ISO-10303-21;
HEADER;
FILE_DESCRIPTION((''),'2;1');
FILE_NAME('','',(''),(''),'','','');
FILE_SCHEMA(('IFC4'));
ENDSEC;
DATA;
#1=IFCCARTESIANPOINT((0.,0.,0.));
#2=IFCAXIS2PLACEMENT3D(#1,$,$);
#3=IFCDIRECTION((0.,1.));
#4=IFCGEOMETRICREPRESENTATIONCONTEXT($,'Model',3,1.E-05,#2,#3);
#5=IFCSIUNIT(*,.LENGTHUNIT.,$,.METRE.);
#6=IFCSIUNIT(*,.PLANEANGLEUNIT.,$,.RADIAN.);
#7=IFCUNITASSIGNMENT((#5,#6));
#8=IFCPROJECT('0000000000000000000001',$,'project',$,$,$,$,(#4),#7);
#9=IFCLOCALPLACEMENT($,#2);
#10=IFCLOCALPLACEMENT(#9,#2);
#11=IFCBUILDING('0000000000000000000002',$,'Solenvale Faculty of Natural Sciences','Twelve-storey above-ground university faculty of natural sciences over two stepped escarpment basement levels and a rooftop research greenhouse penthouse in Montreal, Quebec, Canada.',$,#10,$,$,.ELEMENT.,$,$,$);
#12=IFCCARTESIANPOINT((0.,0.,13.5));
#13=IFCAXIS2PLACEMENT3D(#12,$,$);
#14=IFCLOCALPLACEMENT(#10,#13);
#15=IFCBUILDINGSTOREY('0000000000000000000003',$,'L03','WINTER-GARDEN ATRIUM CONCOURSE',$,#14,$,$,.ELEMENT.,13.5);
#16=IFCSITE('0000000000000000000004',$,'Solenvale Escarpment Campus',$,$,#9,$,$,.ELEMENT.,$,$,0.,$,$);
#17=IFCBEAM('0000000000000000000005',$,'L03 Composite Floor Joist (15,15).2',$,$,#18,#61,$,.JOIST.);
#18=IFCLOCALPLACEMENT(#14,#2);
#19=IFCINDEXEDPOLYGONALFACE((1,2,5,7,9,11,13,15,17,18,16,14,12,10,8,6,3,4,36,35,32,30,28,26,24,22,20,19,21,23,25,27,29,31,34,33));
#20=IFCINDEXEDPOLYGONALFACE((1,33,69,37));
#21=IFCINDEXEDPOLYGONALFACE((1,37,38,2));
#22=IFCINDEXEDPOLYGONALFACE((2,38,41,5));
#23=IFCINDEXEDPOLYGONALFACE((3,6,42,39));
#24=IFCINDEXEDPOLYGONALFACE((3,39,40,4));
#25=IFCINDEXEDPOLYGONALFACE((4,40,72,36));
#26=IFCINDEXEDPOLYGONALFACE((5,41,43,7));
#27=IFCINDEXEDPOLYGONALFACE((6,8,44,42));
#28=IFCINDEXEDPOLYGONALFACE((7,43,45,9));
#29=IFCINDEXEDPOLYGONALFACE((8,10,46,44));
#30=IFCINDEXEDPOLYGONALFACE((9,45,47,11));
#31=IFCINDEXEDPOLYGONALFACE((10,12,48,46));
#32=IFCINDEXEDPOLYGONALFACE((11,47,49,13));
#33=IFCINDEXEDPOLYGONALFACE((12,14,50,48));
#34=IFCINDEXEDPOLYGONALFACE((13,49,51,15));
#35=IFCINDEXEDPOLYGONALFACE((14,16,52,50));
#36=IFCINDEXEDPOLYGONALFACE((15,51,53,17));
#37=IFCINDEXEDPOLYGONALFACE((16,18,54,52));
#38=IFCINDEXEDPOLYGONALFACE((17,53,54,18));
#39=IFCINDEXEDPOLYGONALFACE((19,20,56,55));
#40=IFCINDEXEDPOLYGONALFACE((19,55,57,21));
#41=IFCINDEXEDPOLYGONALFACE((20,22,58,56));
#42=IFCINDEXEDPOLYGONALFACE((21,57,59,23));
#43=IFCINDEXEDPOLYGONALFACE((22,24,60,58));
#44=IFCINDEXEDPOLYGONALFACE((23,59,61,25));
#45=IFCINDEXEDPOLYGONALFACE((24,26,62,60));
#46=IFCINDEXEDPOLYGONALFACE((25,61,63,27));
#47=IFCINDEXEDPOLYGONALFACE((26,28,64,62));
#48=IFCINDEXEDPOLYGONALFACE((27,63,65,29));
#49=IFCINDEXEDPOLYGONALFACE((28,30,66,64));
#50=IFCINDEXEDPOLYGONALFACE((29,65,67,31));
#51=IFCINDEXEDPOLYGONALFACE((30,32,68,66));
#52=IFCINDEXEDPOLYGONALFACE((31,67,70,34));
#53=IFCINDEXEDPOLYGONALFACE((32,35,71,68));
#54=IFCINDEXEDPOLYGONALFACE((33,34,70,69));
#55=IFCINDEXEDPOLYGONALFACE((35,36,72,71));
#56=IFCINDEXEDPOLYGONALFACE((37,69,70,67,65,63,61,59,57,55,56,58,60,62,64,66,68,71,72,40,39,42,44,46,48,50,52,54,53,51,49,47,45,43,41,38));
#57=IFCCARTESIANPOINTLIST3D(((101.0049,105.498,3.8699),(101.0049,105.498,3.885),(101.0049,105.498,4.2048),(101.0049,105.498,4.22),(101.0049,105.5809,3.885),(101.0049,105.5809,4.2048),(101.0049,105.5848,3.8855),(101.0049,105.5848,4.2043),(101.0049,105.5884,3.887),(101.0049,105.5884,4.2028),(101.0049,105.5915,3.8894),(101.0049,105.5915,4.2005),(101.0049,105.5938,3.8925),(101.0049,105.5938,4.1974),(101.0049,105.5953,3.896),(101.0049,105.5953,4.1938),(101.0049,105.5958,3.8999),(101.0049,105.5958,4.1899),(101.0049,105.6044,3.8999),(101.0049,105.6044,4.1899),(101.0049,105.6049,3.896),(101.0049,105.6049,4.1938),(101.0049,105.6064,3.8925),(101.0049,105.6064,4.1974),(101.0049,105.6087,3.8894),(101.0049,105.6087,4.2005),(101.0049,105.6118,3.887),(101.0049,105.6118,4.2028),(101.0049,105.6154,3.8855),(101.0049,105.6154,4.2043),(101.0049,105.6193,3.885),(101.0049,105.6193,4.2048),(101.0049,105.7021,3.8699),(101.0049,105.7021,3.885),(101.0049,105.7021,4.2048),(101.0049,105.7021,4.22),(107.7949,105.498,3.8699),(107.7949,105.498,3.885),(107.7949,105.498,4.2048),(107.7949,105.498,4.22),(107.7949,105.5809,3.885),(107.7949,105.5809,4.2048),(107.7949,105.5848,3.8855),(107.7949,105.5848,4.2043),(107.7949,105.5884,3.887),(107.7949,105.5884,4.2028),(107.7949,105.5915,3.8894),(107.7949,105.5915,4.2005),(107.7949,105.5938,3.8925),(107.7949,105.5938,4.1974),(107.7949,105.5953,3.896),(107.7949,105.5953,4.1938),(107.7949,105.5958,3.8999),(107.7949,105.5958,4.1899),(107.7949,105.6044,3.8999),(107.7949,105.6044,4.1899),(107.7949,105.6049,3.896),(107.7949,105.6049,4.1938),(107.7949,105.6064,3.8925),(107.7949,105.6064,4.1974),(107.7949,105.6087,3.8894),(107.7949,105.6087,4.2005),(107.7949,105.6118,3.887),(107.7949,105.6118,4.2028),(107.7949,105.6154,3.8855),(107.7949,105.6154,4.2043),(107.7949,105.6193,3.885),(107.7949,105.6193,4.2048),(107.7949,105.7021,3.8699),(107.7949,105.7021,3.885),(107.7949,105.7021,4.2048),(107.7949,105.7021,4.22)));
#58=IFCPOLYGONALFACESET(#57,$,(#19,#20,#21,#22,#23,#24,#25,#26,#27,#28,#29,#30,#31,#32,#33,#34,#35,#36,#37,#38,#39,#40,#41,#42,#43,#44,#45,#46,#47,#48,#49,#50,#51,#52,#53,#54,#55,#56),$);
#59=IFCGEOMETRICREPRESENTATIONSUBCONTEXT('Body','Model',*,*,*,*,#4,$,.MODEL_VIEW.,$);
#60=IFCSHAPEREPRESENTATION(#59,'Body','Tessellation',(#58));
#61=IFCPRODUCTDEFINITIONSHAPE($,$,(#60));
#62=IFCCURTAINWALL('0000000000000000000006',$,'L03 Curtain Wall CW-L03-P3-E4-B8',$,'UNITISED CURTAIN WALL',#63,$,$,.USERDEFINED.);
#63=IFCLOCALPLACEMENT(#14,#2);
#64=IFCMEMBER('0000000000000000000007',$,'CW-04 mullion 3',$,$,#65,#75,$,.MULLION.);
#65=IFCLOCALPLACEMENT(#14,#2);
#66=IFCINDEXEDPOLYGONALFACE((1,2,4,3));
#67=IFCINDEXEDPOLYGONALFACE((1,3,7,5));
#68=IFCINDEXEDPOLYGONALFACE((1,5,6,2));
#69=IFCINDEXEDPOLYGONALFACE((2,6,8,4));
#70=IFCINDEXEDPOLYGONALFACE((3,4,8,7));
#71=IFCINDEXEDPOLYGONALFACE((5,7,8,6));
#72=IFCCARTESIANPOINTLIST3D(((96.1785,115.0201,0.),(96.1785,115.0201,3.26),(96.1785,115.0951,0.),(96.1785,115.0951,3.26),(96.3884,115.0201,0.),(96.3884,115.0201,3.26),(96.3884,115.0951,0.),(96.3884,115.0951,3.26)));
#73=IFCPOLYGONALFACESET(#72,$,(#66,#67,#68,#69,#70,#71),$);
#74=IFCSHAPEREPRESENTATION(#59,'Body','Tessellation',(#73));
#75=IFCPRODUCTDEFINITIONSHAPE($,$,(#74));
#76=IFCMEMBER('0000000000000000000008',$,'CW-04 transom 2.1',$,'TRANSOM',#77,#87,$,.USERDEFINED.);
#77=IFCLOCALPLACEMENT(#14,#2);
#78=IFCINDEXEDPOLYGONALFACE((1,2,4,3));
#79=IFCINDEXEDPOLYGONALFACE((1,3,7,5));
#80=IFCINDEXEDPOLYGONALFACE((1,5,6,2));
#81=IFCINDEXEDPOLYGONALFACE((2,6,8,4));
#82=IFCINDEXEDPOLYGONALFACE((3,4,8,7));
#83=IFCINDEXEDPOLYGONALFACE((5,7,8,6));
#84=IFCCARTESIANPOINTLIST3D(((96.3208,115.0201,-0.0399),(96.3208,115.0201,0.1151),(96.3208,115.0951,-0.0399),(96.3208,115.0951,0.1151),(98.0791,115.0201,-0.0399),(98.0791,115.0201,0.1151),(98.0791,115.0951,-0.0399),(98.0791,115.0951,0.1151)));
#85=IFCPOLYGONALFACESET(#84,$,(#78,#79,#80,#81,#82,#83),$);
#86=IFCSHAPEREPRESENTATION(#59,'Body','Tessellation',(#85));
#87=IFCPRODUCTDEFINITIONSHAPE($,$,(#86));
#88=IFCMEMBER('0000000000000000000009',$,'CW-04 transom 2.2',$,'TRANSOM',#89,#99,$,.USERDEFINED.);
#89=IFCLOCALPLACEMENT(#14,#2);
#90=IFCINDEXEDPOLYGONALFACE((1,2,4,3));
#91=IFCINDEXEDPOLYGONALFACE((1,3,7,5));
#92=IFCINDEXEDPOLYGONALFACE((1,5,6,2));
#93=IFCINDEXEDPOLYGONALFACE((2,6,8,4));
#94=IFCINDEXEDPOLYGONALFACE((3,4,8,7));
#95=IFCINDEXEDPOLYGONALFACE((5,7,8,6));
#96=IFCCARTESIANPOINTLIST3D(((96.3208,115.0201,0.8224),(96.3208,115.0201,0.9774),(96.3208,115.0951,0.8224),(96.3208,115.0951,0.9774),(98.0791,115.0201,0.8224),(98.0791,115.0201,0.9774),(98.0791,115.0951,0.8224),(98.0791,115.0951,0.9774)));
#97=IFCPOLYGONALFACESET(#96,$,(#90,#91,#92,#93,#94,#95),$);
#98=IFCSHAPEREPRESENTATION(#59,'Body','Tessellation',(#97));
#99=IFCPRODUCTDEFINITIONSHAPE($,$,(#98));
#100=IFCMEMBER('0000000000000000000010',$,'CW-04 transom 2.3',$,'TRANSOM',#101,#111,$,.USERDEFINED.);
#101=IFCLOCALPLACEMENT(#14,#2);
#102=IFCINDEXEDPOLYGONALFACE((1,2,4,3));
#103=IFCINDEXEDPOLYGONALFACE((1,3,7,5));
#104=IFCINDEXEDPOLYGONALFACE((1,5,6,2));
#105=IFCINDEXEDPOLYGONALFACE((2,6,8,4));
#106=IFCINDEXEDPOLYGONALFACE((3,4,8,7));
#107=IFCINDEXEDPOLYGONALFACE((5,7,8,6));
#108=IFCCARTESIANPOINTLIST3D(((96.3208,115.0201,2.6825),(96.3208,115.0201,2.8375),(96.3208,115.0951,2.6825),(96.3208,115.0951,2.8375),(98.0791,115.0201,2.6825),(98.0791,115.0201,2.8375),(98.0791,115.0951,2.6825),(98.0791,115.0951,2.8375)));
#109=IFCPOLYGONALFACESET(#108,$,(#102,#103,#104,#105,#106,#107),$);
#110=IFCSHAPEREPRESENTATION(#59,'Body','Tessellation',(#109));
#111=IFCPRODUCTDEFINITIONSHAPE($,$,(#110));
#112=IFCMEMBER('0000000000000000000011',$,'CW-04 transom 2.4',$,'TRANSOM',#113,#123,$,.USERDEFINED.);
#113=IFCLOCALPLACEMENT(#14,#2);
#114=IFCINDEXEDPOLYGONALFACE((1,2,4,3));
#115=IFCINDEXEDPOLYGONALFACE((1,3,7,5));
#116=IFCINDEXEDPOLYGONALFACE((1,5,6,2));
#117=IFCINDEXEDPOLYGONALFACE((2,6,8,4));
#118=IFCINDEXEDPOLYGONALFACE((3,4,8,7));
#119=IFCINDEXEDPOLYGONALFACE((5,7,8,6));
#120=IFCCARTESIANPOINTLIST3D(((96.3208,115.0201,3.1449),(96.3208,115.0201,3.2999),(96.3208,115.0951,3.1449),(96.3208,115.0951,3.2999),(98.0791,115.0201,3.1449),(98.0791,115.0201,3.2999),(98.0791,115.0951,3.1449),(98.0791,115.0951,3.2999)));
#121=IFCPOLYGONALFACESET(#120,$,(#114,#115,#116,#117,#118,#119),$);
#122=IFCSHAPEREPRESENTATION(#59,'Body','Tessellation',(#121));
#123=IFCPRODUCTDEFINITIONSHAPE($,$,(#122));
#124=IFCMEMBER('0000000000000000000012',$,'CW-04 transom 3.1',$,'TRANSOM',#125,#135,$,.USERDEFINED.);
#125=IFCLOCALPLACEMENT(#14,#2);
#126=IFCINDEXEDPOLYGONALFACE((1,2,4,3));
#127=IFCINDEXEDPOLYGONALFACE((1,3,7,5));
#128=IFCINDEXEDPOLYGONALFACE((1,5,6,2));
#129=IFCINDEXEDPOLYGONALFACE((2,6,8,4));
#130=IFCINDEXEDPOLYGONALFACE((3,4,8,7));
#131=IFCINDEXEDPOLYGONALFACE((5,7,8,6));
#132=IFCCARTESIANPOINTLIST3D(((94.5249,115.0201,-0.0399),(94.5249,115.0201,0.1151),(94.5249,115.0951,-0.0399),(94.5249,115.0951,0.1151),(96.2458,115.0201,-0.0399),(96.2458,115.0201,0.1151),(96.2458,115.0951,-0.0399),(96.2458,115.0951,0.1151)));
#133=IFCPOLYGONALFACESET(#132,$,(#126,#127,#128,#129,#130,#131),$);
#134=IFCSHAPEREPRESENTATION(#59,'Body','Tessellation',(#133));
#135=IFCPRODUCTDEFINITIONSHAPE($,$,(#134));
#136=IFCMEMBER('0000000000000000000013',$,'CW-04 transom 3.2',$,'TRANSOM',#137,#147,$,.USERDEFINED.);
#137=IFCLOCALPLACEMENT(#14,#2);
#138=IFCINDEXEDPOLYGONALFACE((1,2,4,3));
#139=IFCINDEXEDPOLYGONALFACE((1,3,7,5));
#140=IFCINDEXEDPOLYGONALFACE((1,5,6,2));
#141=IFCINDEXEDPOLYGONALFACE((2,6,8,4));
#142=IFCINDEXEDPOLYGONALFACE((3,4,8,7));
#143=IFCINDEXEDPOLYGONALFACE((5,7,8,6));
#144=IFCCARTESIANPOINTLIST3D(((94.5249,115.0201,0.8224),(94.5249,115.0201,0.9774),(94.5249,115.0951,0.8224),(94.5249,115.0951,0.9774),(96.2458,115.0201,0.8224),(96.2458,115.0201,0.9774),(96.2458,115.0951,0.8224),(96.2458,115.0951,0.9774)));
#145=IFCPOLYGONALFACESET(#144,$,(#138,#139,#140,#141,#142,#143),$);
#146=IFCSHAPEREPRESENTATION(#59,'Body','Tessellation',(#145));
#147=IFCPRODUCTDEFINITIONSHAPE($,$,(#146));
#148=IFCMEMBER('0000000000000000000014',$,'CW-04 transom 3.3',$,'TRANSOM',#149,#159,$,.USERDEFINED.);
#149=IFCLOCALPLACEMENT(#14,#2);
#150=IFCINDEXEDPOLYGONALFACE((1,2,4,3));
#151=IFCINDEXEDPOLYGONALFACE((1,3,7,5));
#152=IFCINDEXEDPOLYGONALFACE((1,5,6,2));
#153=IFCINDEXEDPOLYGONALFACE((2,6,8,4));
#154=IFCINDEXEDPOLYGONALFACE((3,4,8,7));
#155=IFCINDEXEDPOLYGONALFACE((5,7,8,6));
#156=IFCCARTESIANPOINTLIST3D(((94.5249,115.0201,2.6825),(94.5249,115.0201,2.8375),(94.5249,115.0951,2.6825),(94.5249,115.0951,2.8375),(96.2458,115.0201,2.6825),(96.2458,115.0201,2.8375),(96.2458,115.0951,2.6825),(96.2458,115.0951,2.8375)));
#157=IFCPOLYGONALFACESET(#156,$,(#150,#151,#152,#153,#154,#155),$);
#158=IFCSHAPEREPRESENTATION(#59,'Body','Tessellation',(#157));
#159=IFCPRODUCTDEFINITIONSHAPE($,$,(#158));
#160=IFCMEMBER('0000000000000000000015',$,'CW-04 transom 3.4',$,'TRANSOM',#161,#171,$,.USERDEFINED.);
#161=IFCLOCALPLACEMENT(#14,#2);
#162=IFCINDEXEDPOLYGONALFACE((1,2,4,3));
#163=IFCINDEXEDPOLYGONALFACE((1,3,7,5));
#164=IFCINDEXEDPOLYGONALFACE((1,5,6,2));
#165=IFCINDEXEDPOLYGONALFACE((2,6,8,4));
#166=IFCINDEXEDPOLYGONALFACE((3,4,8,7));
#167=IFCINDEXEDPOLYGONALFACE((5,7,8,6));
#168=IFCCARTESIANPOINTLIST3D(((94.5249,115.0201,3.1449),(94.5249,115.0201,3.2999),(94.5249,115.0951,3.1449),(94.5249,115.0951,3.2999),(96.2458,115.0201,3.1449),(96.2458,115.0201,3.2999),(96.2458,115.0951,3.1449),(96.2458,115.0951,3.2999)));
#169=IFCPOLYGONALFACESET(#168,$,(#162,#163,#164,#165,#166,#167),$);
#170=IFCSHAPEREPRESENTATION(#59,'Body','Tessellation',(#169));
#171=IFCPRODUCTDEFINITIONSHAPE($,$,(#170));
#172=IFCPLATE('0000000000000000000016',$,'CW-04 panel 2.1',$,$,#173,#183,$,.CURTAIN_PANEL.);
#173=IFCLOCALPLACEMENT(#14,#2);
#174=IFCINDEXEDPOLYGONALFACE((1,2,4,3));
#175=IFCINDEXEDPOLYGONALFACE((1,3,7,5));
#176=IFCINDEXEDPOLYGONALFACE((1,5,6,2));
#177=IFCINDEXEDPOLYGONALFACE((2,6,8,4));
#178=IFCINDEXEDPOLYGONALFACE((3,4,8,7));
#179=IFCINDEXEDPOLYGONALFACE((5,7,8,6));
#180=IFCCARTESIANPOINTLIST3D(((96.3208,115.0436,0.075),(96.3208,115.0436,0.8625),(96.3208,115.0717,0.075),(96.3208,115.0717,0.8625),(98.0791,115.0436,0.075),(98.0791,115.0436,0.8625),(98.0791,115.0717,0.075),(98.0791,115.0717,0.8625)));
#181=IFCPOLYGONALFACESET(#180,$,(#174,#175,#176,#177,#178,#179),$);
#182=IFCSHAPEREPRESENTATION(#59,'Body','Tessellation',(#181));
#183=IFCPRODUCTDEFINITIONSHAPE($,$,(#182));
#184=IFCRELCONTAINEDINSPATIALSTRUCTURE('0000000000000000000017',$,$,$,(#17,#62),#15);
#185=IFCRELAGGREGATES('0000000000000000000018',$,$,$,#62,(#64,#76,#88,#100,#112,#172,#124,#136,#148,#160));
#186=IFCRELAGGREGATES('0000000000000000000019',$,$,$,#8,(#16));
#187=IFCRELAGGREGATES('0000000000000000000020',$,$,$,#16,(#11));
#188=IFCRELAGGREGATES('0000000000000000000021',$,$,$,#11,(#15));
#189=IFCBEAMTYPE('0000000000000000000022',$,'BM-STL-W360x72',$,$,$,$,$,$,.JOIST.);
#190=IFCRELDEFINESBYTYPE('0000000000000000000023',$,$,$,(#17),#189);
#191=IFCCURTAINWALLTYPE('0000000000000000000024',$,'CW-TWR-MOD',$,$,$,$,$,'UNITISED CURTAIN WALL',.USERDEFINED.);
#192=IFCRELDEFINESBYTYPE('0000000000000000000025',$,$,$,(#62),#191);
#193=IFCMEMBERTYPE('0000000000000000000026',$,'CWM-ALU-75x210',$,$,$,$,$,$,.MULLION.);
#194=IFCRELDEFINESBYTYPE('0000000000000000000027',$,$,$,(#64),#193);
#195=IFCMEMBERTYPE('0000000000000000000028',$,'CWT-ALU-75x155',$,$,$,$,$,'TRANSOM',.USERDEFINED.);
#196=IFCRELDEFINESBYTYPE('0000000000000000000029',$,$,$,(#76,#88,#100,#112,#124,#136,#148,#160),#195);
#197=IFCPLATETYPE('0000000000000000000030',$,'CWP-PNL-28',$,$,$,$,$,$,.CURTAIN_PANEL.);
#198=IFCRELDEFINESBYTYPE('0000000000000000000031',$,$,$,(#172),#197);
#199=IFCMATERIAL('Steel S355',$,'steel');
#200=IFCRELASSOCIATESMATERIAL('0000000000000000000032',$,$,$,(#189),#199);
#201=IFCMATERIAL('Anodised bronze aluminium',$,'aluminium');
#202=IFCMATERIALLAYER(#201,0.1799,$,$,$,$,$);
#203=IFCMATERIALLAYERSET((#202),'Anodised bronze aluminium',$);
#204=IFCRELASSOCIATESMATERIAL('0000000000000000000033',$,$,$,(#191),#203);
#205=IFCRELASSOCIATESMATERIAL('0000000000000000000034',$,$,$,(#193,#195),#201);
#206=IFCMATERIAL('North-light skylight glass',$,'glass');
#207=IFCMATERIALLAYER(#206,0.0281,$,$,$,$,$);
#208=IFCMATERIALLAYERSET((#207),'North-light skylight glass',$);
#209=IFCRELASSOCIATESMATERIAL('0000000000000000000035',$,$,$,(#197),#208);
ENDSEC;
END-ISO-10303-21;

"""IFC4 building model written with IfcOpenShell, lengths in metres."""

from ifc_helpers import new_model, si_unit, direction, frame, origin, origin_2d, place, context, subcontext, project, spatial, rectangle, i_section, extrude, material, layer, layer_set, material_profile, profile_set, type_object, element, aggregate, save


model = new_model("IFC4")

# Units and contexts
model_context = context("Model", 3, precision=1e-05, world=origin(), true_north=direction((0.0, 1.0)))
body_context = subcontext(model_context, "Body", "Model", "MODEL_VIEW")
ifc_project = project(units=[si_unit("LENGTHUNIT", "METRE"), si_unit("PLANEANGLEUNIT", "RADIAN")], contexts=[model_context])

# Site, building, storey
site_placement = place(None, origin())
site = spatial("IfcSite", under=ifc_project, at=site_placement, Name="Solenvale Escarpment Campus", CompositionType="ELEMENT", RefElevation=0.0)
building_placement = place(site_placement, origin())
building = spatial("IfcBuilding", under=site, at=building_placement, Name="Solenvale Faculty of Natural Sciences", Description="Twelve-storey above-ground university faculty of natural sciences over two stepped escarpment basement levels and a rooftop research greenhouse penthouse in Montreal, Quebec, Canada.", CompositionType="ELEMENT")
storey_placement = place(building_placement, frame((0.0, 0.0, 13.5)))
storey = spatial("IfcBuildingStorey", under=building, at=storey_placement, Name="L03", Description="WINTER-GARDEN ATRIUM CONCOURSE", CompositionType="ELEMENT", Elevation=13.5)

# Beam
ifc_material_1 = material(Name="Steel S355", Category="steel")
ifc_material_profile_1 = material_profile(ifc_material_1, i_section(OverallWidth=0.2041, OverallDepth=0.3501, WebThickness=0.0085, FlangeThickness=0.0151, FilletRadius=0.0149, at=origin_2d()), Name="W360x72")
ifc_profile_set_1 = profile_set([ifc_material_profile_1], Name="Steel S355")
beam_type_1 = type_object("IfcBeamType", Name="BM-STL-W360x72", PredefinedType="JOIST", material=ifc_profile_set_1)
for number, where, z_axis, x_axis, name in (
    (1, (101.0049, 105.6001, 4.0449), (1.0, 0.0, 0.0), (0.0, 1.0, 0.0), "L03 Composite Floor Joist (15,15).2"),
):
    element("IfcBeam", number, at=place(storey_placement, frame(where, z_axis=z_axis, x_axis=x_axis)), inside=storey, type_object=beam_type_1, Name=name, PredefinedType="JOIST", context=body_context, shape_type="SweptSolid", body=[
        extrude(i_section(OverallWidth=0.2041, OverallDepth=0.3501, WebThickness=0.0085, FlangeThickness=0.0151, FilletRadius=0.0149, at=origin_2d()), origin(), (0.0, 0.0, 1.0), 6.79),
    ])

# Curtain wall, members, plate
ifc_material_2 = material(Name="Anodised bronze aluminium", Category="aluminium")
ifc_layer_1 = layer(ifc_material_2, 0.1799)
ifc_layer_set_1 = layer_set([ifc_layer_1], Name="Anodised bronze aluminium")
curtain_wall_type = type_object("IfcCurtainWallType", Name="CW-TWR-MOD", ElementType="UNITISED CURTAIN WALL", PredefinedType="USERDEFINED", material=ifc_layer_set_1)
curtain_wall_placement = place(storey_placement, origin())
curtain_wall = element("IfcCurtainWall", 2, at=curtain_wall_placement, inside=storey, type_object=curtain_wall_type, Name="L03 Curtain Wall CW-L03-P3-E4-B8", ObjectType="UNITISED CURTAIN WALL", PredefinedType="USERDEFINED")
ifc_material_profile_2 = material_profile(ifc_material_2, rectangle(XDim=0.075, YDim=0.21, at=origin_2d()), Name="ALU-MUL-75x210")
ifc_profile_set_2 = profile_set([ifc_material_profile_2], Name="Anodised bronze aluminium")
member_type_1 = type_object("IfcMemberType", Name="CWM-ALU-75x210", PredefinedType="MULLION", material=ifc_profile_set_2)
member_1_placement = place(storey_placement, frame((96.2834, 115.0576, 0.0), z_axis=(0.0, 0.0, 1.0), x_axis=(0.0, -1.0, 0.0)))
member_1 = element("IfcMember", 3, at=member_1_placement, type_object=member_type_1, Name="CW-04 mullion 3", PredefinedType="MULLION", context=body_context, shape_type="SweptSolid", body=[
    extrude(rectangle(XDim=0.075, YDim=0.21, at=origin_2d()), origin(), (0.0, 0.0, 1.0), 3.26),
])
ifc_material_profile_3 = material_profile(ifc_material_2, rectangle(XDim=0.075, YDim=0.155, at=origin_2d()), Name="ALU-TRN-75x155")
ifc_profile_set_3 = profile_set([ifc_material_profile_3], Name="Anodised bronze aluminium")
member_type_2 = type_object("IfcMemberType", Name="CWT-ALU-75x155", ElementType="TRANSOM", PredefinedType="USERDEFINED", material=ifc_profile_set_3)
member_2_placement = place(storey_placement, frame((98.0791, 115.0576, 0.0376), z_axis=(-1.0, 0.0, 0.0), x_axis=(0.0, -1.0, 0.0)))
member_2 = element("IfcMember", 4, at=member_2_placement, type_object=member_type_2, Name="CW-04 transom 2.1", ObjectType="TRANSOM", PredefinedType="USERDEFINED", context=body_context, shape_type="SweptSolid", body=[
    extrude(rectangle(XDim=0.075, YDim=0.155, at=origin_2d()), origin(), (0.0, 0.0, 1.0), 1.7583),
])
member_3_placement = place(storey_placement, frame((98.0791, 115.0576, 0.8999), z_axis=(-1.0, 0.0, 0.0), x_axis=(0.0, -1.0, 0.0)))
member_3 = element("IfcMember", 5, at=member_3_placement, type_object=member_type_2, Name="CW-04 transom 2.2", ObjectType="TRANSOM", PredefinedType="USERDEFINED", context=body_context, shape_type="SweptSolid", body=[
    extrude(rectangle(XDim=0.075, YDim=0.155, at=origin_2d()), origin(), (0.0, 0.0, 1.0), 1.7583),
])
member_4_placement = place(storey_placement, frame((98.0791, 115.0576, 2.76), z_axis=(-1.0, 0.0, 0.0), x_axis=(0.0, -1.0, 0.0)))
member_4 = element("IfcMember", 6, at=member_4_placement, type_object=member_type_2, Name="CW-04 transom 2.3", ObjectType="TRANSOM", PredefinedType="USERDEFINED", context=body_context, shape_type="SweptSolid", body=[
    extrude(rectangle(XDim=0.075, YDim=0.155, at=origin_2d()), origin(), (0.0, 0.0, 1.0), 1.7583),
])
member_5_placement = place(storey_placement, frame((98.0791, 115.0576, 3.2224), z_axis=(-1.0, 0.0, 0.0), x_axis=(0.0, -1.0, 0.0)))
member_5 = element("IfcMember", 7, at=member_5_placement, type_object=member_type_2, Name="CW-04 transom 2.4", ObjectType="TRANSOM", PredefinedType="USERDEFINED", context=body_context, shape_type="SweptSolid", body=[
    extrude(rectangle(XDim=0.075, YDim=0.155, at=origin_2d()), origin(), (0.0, 0.0, 1.0), 1.7583),
])
member_6_placement = place(storey_placement, frame((96.2458, 115.0576, 0.0376), z_axis=(-1.0, 0.0, 0.0), x_axis=(0.0, -1.0, 0.0)))
member_6 = element("IfcMember", 8, at=member_6_placement, type_object=member_type_2, Name="CW-04 transom 3.1", ObjectType="TRANSOM", PredefinedType="USERDEFINED", context=body_context, shape_type="SweptSolid", body=[
    extrude(rectangle(XDim=0.075, YDim=0.155, at=origin_2d()), origin(), (0.0, 0.0, 1.0), 1.7209),
])
member_7_placement = place(storey_placement, frame((96.2458, 115.0576, 0.8999), z_axis=(-1.0, 0.0, 0.0), x_axis=(0.0, -1.0, 0.0)))
member_7 = element("IfcMember", 9, at=member_7_placement, type_object=member_type_2, Name="CW-04 transom 3.2", ObjectType="TRANSOM", PredefinedType="USERDEFINED", context=body_context, shape_type="SweptSolid", body=[
    extrude(rectangle(XDim=0.075, YDim=0.155, at=origin_2d()), origin(), (0.0, 0.0, 1.0), 1.7209),
])
member_8_placement = place(storey_placement, frame((96.2458, 115.0576, 2.76), z_axis=(-1.0, 0.0, 0.0), x_axis=(0.0, -1.0, 0.0)))
member_8 = element("IfcMember", 10, at=member_8_placement, type_object=member_type_2, Name="CW-04 transom 3.3", ObjectType="TRANSOM", PredefinedType="USERDEFINED", context=body_context, shape_type="SweptSolid", body=[
    extrude(rectangle(XDim=0.075, YDim=0.155, at=origin_2d()), origin(), (0.0, 0.0, 1.0), 1.7209),
])
member_9_placement = place(storey_placement, frame((96.2458, 115.0576, 3.2224), z_axis=(-1.0, 0.0, 0.0), x_axis=(0.0, -1.0, 0.0)))
member_9 = element("IfcMember", 11, at=member_9_placement, type_object=member_type_2, Name="CW-04 transom 3.4", ObjectType="TRANSOM", PredefinedType="USERDEFINED", context=body_context, shape_type="SweptSolid", body=[
    extrude(rectangle(XDim=0.075, YDim=0.155, at=origin_2d()), origin(), (0.0, 0.0, 1.0), 1.7209),
])
ifc_material_3 = material(Name="North-light skylight glass", Category="glass")
ifc_layer_2 = layer(ifc_material_3, 0.0281)
ifc_layer_set_2 = layer_set([ifc_layer_2], Name="North-light skylight glass")
plate_type = type_object("IfcPlateType", Name="CWP-PNL-28", PredefinedType="CURTAIN_PANEL", material=ifc_layer_set_2)
plate_1_placement = place(storey_placement, frame((97.2, 115.0576, 0.075), z_axis=(0.0, 0.0, 1.0), x_axis=(-1.0, 0.0, 0.0)))
plate_1 = element("IfcPlate", 12, at=plate_1_placement, type_object=plate_type, Name="CW-04 panel 2.1", PredefinedType="CURTAIN_PANEL", context=body_context, shape_type="SweptSolid", body=[
    extrude(rectangle(XDim=1.7583, YDim=0.0281, at=origin_2d()), origin(), (0.0, 0.0, 1.0), 0.7876),
])
aggregate(curtain_wall, [member_1, member_2, member_3, member_4, member_5, plate_1, member_6, member_7, member_8, member_9])

save(model, "model.ifc")
